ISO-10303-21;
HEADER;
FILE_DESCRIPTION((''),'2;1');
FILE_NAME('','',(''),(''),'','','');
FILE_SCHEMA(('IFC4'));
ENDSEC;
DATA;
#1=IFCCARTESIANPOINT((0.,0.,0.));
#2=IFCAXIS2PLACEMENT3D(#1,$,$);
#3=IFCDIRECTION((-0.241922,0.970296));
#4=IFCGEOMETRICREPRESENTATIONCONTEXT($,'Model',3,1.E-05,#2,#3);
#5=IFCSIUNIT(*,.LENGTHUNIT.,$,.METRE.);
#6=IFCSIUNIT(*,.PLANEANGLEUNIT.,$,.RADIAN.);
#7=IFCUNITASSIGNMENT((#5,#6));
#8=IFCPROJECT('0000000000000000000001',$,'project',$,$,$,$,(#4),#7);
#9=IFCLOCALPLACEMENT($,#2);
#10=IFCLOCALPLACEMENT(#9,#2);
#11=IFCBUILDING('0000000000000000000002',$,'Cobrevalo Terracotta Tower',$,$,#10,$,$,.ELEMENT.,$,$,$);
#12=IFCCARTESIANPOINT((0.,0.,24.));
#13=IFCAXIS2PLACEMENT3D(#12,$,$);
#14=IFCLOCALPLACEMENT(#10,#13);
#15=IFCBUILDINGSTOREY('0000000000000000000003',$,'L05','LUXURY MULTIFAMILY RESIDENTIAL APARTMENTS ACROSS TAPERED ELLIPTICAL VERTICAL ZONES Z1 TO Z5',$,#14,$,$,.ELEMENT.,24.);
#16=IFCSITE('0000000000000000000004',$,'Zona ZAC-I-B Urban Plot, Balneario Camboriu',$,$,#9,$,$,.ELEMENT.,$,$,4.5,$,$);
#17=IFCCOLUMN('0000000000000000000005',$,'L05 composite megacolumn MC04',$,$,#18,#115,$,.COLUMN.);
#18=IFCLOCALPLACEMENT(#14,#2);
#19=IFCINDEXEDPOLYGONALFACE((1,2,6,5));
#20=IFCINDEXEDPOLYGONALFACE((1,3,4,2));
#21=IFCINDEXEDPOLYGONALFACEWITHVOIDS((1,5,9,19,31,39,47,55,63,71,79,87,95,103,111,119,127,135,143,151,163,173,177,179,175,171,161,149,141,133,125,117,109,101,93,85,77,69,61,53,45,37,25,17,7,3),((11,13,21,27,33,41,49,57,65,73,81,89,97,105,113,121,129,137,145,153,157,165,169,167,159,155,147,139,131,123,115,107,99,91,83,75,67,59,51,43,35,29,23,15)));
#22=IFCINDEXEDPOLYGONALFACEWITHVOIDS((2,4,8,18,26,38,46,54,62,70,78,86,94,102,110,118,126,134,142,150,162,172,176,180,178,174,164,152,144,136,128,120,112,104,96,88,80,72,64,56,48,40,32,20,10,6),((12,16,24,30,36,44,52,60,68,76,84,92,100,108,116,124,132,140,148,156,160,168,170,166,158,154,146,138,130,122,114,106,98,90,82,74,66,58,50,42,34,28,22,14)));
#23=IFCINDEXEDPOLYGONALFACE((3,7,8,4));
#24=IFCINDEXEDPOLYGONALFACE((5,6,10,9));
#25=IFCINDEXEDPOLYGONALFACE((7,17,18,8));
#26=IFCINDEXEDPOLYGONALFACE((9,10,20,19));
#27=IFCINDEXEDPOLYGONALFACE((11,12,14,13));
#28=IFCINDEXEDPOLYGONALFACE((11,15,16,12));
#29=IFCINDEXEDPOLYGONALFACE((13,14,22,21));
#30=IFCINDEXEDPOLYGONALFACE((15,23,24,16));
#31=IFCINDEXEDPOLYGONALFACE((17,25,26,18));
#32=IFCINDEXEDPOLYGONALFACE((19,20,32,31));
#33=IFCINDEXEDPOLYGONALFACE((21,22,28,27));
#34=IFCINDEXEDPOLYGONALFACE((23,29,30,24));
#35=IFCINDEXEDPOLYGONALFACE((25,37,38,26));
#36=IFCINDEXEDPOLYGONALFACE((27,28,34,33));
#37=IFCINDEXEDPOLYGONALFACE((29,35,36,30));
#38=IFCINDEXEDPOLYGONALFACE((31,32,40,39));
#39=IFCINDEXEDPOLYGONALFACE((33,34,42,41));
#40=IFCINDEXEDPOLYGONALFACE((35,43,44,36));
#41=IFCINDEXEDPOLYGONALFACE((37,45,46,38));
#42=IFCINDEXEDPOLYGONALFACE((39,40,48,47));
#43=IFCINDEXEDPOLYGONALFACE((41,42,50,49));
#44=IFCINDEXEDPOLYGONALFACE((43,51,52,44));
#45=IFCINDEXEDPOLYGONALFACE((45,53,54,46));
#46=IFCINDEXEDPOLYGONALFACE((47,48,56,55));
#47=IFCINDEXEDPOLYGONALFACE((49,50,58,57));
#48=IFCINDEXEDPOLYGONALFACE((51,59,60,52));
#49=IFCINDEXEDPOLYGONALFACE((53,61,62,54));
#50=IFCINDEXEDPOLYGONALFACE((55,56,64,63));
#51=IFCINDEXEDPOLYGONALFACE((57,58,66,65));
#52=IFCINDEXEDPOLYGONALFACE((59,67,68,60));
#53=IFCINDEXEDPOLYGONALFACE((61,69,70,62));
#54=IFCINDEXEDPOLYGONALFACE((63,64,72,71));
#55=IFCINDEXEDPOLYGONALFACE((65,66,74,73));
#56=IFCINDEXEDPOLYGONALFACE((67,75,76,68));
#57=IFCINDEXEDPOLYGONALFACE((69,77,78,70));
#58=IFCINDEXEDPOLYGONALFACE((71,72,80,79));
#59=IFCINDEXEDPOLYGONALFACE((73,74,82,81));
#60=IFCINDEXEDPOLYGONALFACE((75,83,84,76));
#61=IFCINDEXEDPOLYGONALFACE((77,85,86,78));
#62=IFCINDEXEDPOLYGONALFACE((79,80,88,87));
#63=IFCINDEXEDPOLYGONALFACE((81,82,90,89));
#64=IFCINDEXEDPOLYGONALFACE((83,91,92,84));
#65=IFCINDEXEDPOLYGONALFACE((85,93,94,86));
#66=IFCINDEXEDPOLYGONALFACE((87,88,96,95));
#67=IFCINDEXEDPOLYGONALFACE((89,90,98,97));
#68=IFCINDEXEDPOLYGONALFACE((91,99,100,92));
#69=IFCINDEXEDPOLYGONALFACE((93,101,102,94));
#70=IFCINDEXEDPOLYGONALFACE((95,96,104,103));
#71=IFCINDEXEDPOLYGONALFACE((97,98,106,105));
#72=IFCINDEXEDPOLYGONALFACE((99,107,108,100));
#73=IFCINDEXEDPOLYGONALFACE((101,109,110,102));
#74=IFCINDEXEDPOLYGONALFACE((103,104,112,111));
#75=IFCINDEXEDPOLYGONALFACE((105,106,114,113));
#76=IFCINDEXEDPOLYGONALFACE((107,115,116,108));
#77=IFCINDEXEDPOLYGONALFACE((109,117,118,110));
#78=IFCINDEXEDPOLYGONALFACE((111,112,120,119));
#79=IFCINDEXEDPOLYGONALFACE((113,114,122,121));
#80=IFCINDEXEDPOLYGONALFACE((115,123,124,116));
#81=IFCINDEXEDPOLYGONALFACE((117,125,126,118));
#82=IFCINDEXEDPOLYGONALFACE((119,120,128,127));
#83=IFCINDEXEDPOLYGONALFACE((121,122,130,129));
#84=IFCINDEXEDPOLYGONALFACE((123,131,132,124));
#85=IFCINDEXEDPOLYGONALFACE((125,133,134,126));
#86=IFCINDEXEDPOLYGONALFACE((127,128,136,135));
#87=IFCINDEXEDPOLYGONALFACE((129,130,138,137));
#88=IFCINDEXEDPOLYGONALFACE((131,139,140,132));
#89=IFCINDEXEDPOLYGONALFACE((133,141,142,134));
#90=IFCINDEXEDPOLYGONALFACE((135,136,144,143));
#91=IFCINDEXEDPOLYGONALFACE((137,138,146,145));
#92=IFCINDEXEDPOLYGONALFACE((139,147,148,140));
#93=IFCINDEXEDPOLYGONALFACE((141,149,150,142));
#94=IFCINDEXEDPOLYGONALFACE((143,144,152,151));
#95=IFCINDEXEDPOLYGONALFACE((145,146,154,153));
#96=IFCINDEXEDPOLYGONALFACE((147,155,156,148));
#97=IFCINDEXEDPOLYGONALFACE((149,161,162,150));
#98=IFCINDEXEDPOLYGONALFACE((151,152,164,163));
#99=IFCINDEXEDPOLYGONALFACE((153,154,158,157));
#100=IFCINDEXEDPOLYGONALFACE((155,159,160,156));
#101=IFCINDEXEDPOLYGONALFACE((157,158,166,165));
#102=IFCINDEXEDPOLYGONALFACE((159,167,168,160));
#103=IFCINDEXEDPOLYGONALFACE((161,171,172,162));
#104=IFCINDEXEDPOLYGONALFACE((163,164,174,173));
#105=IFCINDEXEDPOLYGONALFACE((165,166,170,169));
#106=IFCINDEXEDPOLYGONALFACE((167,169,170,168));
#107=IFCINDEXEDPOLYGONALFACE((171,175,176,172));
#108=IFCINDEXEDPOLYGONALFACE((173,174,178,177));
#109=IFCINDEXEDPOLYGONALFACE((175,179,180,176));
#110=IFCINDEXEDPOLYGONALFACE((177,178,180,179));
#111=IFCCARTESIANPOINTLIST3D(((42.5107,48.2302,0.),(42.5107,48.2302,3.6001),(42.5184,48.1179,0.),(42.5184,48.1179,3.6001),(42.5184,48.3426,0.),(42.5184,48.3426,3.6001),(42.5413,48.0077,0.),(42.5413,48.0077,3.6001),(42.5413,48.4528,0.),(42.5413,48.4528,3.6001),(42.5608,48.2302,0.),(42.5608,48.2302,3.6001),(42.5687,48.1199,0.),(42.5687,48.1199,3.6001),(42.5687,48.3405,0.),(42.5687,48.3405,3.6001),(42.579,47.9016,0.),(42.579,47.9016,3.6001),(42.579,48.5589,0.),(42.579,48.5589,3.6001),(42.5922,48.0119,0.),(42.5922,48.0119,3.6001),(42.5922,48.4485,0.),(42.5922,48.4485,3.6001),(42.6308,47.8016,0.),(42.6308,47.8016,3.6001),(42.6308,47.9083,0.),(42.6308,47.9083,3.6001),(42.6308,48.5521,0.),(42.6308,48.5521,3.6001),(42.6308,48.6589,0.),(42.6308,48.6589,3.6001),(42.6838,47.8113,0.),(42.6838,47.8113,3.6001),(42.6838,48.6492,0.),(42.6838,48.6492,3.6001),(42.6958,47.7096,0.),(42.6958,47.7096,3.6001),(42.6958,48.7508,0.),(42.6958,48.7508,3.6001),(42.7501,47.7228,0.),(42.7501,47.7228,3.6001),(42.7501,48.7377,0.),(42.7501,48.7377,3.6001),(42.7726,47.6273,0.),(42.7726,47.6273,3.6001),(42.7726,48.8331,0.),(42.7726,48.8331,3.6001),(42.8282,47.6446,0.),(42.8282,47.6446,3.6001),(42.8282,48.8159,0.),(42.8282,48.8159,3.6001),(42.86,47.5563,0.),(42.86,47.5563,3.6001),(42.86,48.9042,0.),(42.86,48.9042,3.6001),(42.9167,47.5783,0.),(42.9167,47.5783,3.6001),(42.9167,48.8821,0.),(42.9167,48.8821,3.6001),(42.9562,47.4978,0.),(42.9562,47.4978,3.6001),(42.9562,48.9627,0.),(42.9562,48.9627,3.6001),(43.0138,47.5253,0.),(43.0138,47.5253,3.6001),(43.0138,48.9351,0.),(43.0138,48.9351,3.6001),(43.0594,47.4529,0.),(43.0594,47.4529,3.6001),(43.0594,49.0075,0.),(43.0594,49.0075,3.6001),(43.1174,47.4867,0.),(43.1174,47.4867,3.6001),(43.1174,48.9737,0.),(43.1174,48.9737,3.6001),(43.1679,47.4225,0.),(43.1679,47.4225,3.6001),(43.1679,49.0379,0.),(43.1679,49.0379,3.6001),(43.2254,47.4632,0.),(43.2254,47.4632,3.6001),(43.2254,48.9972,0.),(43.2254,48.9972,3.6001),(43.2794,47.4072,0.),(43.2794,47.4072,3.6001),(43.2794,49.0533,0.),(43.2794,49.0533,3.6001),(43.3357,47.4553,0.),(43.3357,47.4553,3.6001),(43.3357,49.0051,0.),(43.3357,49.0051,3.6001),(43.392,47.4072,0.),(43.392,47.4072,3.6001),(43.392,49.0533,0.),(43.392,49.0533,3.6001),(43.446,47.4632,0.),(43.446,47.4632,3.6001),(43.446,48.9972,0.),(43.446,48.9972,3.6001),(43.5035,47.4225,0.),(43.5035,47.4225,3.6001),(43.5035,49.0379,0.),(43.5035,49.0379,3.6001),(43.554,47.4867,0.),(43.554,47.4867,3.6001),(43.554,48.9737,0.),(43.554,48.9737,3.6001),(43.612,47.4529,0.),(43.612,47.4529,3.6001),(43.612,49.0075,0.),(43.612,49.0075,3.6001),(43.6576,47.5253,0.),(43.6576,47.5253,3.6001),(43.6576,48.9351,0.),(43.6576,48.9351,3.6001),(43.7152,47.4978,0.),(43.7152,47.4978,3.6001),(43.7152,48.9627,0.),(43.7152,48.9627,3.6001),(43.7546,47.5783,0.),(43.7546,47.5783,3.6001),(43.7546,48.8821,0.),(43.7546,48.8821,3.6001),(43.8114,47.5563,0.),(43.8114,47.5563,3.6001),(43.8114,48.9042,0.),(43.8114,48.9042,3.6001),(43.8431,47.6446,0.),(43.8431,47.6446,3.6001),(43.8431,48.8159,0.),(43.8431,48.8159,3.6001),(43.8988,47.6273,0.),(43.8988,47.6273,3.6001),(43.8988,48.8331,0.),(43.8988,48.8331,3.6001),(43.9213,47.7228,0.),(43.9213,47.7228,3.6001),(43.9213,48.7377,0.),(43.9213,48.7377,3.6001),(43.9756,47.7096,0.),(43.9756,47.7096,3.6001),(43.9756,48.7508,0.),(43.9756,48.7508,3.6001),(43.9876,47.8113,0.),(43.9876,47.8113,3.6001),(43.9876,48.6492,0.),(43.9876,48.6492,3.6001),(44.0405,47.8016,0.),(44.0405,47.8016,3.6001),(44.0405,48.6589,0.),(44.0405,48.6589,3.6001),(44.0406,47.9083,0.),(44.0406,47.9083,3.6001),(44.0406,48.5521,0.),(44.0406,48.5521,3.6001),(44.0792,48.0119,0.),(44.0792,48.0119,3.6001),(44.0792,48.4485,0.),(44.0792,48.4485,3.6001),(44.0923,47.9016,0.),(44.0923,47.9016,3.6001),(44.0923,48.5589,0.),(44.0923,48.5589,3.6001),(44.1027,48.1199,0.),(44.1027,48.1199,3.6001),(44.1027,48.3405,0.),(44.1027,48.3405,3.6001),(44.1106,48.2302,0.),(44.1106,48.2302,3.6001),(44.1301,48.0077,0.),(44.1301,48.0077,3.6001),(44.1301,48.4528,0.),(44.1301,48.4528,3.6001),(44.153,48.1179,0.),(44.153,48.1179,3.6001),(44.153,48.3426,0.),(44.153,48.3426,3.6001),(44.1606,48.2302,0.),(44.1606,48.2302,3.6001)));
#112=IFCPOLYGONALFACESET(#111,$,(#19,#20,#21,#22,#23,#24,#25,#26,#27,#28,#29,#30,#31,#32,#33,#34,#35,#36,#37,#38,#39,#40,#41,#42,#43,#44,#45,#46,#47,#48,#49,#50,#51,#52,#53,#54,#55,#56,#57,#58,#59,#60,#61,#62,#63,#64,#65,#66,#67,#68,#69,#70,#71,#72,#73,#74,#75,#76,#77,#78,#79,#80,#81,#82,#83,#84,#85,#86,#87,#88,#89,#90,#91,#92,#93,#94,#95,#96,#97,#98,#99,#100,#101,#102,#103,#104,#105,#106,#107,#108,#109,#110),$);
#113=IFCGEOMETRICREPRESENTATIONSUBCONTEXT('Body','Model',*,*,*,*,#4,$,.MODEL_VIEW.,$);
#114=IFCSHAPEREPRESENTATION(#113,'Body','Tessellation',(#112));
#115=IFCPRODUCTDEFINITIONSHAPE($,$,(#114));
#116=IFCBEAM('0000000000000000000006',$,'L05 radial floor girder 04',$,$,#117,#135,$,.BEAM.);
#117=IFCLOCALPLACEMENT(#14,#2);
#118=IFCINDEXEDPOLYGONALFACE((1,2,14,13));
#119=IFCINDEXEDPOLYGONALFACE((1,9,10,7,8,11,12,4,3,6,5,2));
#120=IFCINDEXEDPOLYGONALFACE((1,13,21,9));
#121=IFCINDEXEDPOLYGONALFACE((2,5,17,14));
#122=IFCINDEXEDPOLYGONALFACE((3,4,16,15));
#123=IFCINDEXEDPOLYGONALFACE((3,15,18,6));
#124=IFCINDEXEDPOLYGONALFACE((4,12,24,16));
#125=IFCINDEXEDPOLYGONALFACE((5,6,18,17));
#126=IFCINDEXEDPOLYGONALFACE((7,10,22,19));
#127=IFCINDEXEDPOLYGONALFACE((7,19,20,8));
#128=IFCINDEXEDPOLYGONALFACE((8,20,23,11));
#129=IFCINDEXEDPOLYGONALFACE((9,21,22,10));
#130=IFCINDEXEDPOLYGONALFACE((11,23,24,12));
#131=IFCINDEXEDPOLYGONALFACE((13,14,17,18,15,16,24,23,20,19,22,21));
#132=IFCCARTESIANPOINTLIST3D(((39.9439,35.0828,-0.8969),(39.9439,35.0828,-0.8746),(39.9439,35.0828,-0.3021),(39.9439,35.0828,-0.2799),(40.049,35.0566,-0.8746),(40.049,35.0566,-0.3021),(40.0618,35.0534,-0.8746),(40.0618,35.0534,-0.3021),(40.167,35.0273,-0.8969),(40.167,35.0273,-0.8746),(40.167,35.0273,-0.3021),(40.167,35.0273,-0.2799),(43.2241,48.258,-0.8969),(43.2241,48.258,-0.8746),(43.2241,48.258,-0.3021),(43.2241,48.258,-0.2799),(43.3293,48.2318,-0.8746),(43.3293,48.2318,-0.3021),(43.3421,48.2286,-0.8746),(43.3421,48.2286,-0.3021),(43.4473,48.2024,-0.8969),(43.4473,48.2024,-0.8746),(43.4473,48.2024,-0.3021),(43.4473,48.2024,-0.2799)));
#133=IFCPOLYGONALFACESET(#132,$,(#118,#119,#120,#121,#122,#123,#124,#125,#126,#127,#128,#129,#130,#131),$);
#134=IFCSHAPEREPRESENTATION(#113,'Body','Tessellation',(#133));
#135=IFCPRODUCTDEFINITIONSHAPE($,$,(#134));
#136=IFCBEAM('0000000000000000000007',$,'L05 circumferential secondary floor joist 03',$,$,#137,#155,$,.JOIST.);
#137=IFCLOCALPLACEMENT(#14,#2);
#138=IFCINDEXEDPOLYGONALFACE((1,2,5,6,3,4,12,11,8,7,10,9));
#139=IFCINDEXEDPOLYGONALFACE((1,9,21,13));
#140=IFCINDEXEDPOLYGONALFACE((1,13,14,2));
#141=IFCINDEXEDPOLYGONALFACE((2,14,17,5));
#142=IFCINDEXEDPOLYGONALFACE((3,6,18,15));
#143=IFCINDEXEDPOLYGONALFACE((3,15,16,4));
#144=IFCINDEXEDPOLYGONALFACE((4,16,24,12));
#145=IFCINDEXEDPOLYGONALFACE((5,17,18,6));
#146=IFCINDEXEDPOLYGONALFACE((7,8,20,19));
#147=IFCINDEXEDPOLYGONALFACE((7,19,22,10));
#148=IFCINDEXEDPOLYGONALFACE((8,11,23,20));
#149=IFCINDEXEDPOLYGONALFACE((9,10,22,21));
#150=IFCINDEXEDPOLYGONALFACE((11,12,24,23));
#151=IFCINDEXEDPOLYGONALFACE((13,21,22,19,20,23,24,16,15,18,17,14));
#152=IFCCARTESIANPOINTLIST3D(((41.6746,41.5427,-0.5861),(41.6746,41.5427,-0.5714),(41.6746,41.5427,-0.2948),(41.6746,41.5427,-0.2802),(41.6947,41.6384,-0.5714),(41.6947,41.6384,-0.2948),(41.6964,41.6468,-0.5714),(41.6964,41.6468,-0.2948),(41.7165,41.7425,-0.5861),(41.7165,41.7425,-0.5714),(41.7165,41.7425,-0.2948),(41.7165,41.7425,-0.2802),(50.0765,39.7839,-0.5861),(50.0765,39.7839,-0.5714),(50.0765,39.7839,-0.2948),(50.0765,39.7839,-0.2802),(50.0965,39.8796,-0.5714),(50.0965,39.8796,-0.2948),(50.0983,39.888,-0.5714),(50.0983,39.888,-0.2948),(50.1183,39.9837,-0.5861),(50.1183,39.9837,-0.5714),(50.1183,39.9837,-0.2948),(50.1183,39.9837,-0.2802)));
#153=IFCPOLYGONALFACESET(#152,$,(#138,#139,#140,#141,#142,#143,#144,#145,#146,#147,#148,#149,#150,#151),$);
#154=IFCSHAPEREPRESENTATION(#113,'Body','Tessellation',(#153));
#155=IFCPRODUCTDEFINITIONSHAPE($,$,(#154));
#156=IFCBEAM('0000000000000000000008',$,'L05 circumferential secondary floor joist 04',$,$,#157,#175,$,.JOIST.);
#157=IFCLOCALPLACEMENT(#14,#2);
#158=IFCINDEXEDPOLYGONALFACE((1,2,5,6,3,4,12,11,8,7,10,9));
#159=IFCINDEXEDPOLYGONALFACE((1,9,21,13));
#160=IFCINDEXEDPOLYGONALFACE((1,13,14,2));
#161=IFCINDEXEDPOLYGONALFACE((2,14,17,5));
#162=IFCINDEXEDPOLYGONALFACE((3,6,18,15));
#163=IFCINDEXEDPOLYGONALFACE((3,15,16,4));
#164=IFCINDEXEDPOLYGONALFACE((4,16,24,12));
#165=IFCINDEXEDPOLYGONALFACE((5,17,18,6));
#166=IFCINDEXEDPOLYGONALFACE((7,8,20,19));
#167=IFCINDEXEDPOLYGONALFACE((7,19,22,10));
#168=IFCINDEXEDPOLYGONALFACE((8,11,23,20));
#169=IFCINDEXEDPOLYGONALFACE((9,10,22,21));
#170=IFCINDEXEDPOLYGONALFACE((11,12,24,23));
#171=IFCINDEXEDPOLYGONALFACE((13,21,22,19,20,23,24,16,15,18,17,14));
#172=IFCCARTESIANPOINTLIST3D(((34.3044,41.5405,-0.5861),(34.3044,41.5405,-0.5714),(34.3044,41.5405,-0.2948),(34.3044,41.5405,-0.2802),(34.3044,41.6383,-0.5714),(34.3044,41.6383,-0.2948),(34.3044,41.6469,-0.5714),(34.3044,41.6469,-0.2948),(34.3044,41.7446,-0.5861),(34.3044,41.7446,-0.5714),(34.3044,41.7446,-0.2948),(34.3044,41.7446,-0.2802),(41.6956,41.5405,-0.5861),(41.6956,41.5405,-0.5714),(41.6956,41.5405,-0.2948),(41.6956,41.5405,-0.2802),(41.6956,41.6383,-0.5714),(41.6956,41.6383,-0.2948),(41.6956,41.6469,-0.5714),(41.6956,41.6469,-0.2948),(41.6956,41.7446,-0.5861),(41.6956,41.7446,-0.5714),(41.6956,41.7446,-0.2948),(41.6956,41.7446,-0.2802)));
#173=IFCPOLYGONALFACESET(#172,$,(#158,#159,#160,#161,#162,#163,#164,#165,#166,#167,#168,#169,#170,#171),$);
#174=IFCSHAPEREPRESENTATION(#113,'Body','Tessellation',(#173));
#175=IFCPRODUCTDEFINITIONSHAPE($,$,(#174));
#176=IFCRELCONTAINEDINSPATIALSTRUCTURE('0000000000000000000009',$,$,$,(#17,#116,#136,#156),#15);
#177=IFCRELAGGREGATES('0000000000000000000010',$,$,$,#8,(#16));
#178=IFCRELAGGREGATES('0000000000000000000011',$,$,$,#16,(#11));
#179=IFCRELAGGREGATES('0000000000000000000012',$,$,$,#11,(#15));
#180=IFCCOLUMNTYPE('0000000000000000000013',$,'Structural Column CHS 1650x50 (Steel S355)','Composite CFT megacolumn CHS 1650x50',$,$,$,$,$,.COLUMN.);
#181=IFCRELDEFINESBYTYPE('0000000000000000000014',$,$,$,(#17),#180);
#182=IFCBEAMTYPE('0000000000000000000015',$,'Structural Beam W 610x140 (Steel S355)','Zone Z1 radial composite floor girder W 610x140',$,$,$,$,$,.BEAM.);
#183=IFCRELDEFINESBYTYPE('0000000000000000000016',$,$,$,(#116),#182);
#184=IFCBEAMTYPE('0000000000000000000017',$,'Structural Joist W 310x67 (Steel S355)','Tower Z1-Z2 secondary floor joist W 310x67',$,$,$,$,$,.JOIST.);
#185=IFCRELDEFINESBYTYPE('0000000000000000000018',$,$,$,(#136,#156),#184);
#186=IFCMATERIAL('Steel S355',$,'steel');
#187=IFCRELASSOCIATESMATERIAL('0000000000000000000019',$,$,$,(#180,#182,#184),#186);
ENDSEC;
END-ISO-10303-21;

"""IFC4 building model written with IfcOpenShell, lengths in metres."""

from ifc_helpers import new_model, si_unit, direction, frame, origin, origin_2d, place, context, subcontext, project, spatial, hollow_circle, i_section, extrude, material, material_profile, profile_set, type_object, element, save


model = new_model("IFC4")

# Units and contexts
model_context = context("Model", 3, precision=1e-05, world=origin(), true_north=direction((-0.241922, 0.970296)))
body_context = subcontext(model_context, "Body", "Model", "MODEL_VIEW")
ifc_project = project(units=[si_unit("LENGTHUNIT", "METRE"), si_unit("PLANEANGLEUNIT", "RADIAN")], contexts=[model_context])

# Site, building, storey
site_placement = place(None, origin())
site = spatial("IfcSite", under=ifc_project, at=site_placement, Name="Zona ZAC-I-B Urban Plot, Balneario Camboriu", CompositionType="ELEMENT", RefElevation=4.5)
building_placement = place(site_placement, origin())
building = spatial("IfcBuilding", under=site, at=building_placement, Name="Cobrevalo Terracotta Tower", CompositionType="ELEMENT")
storey_placement = place(building_placement, frame((0.0, 0.0, 24.0)))
storey = spatial("IfcBuildingStorey", under=building, at=storey_placement, Name="L05", Description="LUXURY MULTIFAMILY RESIDENTIAL APARTMENTS ACROSS TAPERED ELLIPTICAL VERTICAL ZONES Z1 TO Z5", CompositionType="ELEMENT", Elevation=24.0)

# Column
ifc_material_1 = material(Name="Steel S355", Category="steel")
ifc_material_profile_1 = material_profile(ifc_material_1, hollow_circle(Radius=0.825, WallThickness=0.05, at=origin_2d()), Name="CHS 1650x50")
ifc_profile_set_1 = profile_set([ifc_material_profile_1], Name="Steel S355")
column_type = type_object("IfcColumnType", Name="Structural Column CHS 1650x50 (Steel S355)", Description="Composite CFT megacolumn CHS 1650x50", PredefinedType="COLUMN", material=ifc_profile_set_1)
column_placement = place(storey_placement, frame((43.3357, 48.2302, 0.0), z_axis=(0.0, 0.0, 1.0), x_axis=(1.0, 0.0, 0.0)))
element("IfcColumn", 1, at=column_placement, inside=storey, type_object=column_type, Name="L05 composite megacolumn MC04", PredefinedType="COLUMN", context=body_context, shape_type="SweptSolid", body=[
    extrude(hollow_circle(Radius=0.825, WallThickness=0.05, at=origin_2d()), origin(), (0.0, 0.0, 1.0), 3.6001),
])

# Beams
ifc_material_profile_2 = material_profile(ifc_material_1, i_section(OverallWidth=0.23, OverallDepth=0.6169, WebThickness=0.0132, FlangeThickness=0.0222, at=origin_2d()), Name="W 610x140")
ifc_profile_set_2 = profile_set([ifc_material_profile_2], Name="Steel S355")
beam_type_1 = type_object("IfcBeamType", Name="Structural Beam W 610x140 (Steel S355)", Description="Zone Z1 radial composite floor girder W 610x140", PredefinedType="BEAM", material=ifc_profile_set_2)
beam_1_placement = place(storey_placement, frame((43.3357, 48.2302, -0.5884), z_axis=(-0.241596, -0.970377, 0.0), x_axis=(0.970377, -0.241596, 0.0)))
element("IfcBeam", 2, at=beam_1_placement, inside=storey, type_object=beam_type_1, Name="L05 radial floor girder 04", PredefinedType="BEAM", context=body_context, shape_type="SweptSolid", body=[
    extrude(i_section(OverallWidth=0.23, OverallDepth=0.6169, WebThickness=0.0132, FlangeThickness=0.0222, at=origin_2d()), origin(), (0.0, 0.0, 1.0), 13.5774),
])
ifc_material_profile_3 = material_profile(ifc_material_1, i_section(OverallWidth=0.2041, OverallDepth=0.3059, WebThickness=0.0085, FlangeThickness=0.0146, at=origin_2d()), Name="W 310x67")
ifc_profile_set_3 = profile_set([ifc_material_profile_3], Name="Steel S355")
beam_type_2 = type_object("IfcBeamType", Name="Structural Joist W 310x67 (Steel S355)", Description="Tower Z1-Z2 secondary floor joist W 310x67", PredefinedType="JOIST", material=ifc_profile_set_3)
beam_2_placement = place(storey_placement, frame((50.0974, 39.8838, -0.4331), z_axis=(-0.978785, 0.204892, 0.0), x_axis=(-0.204892, -0.978785, 0.0)))
element("IfcBeam", 3, at=beam_2_placement, inside=storey, type_object=beam_type_2, Name="L05 circumferential secondary floor joist 03", PredefinedType="JOIST", context=body_context, shape_type="SweptSolid", body=[
    extrude(i_section(OverallWidth=0.2041, OverallDepth=0.3059, WebThickness=0.0085, FlangeThickness=0.0146, at=origin_2d()), origin(), (0.0, 0.0, 1.0), 8.584),
])
beam_3_placement = place(storey_placement, frame((41.6956, 41.6426, -0.4331), z_axis=(-1.0, 0.0, 0.0), x_axis=(0.0, -1.0, 0.0)))
element("IfcBeam", 4, at=beam_3_placement, inside=storey, type_object=beam_type_2, Name="L05 circumferential secondary floor joist 04", PredefinedType="JOIST", context=body_context, shape_type="SweptSolid", body=[
    extrude(i_section(OverallWidth=0.2041, OverallDepth=0.3059, WebThickness=0.0085, FlangeThickness=0.0146, at=origin_2d()), origin(), (0.0, 0.0, 1.0), 7.3911),
])

save(model, "model.ifc")
